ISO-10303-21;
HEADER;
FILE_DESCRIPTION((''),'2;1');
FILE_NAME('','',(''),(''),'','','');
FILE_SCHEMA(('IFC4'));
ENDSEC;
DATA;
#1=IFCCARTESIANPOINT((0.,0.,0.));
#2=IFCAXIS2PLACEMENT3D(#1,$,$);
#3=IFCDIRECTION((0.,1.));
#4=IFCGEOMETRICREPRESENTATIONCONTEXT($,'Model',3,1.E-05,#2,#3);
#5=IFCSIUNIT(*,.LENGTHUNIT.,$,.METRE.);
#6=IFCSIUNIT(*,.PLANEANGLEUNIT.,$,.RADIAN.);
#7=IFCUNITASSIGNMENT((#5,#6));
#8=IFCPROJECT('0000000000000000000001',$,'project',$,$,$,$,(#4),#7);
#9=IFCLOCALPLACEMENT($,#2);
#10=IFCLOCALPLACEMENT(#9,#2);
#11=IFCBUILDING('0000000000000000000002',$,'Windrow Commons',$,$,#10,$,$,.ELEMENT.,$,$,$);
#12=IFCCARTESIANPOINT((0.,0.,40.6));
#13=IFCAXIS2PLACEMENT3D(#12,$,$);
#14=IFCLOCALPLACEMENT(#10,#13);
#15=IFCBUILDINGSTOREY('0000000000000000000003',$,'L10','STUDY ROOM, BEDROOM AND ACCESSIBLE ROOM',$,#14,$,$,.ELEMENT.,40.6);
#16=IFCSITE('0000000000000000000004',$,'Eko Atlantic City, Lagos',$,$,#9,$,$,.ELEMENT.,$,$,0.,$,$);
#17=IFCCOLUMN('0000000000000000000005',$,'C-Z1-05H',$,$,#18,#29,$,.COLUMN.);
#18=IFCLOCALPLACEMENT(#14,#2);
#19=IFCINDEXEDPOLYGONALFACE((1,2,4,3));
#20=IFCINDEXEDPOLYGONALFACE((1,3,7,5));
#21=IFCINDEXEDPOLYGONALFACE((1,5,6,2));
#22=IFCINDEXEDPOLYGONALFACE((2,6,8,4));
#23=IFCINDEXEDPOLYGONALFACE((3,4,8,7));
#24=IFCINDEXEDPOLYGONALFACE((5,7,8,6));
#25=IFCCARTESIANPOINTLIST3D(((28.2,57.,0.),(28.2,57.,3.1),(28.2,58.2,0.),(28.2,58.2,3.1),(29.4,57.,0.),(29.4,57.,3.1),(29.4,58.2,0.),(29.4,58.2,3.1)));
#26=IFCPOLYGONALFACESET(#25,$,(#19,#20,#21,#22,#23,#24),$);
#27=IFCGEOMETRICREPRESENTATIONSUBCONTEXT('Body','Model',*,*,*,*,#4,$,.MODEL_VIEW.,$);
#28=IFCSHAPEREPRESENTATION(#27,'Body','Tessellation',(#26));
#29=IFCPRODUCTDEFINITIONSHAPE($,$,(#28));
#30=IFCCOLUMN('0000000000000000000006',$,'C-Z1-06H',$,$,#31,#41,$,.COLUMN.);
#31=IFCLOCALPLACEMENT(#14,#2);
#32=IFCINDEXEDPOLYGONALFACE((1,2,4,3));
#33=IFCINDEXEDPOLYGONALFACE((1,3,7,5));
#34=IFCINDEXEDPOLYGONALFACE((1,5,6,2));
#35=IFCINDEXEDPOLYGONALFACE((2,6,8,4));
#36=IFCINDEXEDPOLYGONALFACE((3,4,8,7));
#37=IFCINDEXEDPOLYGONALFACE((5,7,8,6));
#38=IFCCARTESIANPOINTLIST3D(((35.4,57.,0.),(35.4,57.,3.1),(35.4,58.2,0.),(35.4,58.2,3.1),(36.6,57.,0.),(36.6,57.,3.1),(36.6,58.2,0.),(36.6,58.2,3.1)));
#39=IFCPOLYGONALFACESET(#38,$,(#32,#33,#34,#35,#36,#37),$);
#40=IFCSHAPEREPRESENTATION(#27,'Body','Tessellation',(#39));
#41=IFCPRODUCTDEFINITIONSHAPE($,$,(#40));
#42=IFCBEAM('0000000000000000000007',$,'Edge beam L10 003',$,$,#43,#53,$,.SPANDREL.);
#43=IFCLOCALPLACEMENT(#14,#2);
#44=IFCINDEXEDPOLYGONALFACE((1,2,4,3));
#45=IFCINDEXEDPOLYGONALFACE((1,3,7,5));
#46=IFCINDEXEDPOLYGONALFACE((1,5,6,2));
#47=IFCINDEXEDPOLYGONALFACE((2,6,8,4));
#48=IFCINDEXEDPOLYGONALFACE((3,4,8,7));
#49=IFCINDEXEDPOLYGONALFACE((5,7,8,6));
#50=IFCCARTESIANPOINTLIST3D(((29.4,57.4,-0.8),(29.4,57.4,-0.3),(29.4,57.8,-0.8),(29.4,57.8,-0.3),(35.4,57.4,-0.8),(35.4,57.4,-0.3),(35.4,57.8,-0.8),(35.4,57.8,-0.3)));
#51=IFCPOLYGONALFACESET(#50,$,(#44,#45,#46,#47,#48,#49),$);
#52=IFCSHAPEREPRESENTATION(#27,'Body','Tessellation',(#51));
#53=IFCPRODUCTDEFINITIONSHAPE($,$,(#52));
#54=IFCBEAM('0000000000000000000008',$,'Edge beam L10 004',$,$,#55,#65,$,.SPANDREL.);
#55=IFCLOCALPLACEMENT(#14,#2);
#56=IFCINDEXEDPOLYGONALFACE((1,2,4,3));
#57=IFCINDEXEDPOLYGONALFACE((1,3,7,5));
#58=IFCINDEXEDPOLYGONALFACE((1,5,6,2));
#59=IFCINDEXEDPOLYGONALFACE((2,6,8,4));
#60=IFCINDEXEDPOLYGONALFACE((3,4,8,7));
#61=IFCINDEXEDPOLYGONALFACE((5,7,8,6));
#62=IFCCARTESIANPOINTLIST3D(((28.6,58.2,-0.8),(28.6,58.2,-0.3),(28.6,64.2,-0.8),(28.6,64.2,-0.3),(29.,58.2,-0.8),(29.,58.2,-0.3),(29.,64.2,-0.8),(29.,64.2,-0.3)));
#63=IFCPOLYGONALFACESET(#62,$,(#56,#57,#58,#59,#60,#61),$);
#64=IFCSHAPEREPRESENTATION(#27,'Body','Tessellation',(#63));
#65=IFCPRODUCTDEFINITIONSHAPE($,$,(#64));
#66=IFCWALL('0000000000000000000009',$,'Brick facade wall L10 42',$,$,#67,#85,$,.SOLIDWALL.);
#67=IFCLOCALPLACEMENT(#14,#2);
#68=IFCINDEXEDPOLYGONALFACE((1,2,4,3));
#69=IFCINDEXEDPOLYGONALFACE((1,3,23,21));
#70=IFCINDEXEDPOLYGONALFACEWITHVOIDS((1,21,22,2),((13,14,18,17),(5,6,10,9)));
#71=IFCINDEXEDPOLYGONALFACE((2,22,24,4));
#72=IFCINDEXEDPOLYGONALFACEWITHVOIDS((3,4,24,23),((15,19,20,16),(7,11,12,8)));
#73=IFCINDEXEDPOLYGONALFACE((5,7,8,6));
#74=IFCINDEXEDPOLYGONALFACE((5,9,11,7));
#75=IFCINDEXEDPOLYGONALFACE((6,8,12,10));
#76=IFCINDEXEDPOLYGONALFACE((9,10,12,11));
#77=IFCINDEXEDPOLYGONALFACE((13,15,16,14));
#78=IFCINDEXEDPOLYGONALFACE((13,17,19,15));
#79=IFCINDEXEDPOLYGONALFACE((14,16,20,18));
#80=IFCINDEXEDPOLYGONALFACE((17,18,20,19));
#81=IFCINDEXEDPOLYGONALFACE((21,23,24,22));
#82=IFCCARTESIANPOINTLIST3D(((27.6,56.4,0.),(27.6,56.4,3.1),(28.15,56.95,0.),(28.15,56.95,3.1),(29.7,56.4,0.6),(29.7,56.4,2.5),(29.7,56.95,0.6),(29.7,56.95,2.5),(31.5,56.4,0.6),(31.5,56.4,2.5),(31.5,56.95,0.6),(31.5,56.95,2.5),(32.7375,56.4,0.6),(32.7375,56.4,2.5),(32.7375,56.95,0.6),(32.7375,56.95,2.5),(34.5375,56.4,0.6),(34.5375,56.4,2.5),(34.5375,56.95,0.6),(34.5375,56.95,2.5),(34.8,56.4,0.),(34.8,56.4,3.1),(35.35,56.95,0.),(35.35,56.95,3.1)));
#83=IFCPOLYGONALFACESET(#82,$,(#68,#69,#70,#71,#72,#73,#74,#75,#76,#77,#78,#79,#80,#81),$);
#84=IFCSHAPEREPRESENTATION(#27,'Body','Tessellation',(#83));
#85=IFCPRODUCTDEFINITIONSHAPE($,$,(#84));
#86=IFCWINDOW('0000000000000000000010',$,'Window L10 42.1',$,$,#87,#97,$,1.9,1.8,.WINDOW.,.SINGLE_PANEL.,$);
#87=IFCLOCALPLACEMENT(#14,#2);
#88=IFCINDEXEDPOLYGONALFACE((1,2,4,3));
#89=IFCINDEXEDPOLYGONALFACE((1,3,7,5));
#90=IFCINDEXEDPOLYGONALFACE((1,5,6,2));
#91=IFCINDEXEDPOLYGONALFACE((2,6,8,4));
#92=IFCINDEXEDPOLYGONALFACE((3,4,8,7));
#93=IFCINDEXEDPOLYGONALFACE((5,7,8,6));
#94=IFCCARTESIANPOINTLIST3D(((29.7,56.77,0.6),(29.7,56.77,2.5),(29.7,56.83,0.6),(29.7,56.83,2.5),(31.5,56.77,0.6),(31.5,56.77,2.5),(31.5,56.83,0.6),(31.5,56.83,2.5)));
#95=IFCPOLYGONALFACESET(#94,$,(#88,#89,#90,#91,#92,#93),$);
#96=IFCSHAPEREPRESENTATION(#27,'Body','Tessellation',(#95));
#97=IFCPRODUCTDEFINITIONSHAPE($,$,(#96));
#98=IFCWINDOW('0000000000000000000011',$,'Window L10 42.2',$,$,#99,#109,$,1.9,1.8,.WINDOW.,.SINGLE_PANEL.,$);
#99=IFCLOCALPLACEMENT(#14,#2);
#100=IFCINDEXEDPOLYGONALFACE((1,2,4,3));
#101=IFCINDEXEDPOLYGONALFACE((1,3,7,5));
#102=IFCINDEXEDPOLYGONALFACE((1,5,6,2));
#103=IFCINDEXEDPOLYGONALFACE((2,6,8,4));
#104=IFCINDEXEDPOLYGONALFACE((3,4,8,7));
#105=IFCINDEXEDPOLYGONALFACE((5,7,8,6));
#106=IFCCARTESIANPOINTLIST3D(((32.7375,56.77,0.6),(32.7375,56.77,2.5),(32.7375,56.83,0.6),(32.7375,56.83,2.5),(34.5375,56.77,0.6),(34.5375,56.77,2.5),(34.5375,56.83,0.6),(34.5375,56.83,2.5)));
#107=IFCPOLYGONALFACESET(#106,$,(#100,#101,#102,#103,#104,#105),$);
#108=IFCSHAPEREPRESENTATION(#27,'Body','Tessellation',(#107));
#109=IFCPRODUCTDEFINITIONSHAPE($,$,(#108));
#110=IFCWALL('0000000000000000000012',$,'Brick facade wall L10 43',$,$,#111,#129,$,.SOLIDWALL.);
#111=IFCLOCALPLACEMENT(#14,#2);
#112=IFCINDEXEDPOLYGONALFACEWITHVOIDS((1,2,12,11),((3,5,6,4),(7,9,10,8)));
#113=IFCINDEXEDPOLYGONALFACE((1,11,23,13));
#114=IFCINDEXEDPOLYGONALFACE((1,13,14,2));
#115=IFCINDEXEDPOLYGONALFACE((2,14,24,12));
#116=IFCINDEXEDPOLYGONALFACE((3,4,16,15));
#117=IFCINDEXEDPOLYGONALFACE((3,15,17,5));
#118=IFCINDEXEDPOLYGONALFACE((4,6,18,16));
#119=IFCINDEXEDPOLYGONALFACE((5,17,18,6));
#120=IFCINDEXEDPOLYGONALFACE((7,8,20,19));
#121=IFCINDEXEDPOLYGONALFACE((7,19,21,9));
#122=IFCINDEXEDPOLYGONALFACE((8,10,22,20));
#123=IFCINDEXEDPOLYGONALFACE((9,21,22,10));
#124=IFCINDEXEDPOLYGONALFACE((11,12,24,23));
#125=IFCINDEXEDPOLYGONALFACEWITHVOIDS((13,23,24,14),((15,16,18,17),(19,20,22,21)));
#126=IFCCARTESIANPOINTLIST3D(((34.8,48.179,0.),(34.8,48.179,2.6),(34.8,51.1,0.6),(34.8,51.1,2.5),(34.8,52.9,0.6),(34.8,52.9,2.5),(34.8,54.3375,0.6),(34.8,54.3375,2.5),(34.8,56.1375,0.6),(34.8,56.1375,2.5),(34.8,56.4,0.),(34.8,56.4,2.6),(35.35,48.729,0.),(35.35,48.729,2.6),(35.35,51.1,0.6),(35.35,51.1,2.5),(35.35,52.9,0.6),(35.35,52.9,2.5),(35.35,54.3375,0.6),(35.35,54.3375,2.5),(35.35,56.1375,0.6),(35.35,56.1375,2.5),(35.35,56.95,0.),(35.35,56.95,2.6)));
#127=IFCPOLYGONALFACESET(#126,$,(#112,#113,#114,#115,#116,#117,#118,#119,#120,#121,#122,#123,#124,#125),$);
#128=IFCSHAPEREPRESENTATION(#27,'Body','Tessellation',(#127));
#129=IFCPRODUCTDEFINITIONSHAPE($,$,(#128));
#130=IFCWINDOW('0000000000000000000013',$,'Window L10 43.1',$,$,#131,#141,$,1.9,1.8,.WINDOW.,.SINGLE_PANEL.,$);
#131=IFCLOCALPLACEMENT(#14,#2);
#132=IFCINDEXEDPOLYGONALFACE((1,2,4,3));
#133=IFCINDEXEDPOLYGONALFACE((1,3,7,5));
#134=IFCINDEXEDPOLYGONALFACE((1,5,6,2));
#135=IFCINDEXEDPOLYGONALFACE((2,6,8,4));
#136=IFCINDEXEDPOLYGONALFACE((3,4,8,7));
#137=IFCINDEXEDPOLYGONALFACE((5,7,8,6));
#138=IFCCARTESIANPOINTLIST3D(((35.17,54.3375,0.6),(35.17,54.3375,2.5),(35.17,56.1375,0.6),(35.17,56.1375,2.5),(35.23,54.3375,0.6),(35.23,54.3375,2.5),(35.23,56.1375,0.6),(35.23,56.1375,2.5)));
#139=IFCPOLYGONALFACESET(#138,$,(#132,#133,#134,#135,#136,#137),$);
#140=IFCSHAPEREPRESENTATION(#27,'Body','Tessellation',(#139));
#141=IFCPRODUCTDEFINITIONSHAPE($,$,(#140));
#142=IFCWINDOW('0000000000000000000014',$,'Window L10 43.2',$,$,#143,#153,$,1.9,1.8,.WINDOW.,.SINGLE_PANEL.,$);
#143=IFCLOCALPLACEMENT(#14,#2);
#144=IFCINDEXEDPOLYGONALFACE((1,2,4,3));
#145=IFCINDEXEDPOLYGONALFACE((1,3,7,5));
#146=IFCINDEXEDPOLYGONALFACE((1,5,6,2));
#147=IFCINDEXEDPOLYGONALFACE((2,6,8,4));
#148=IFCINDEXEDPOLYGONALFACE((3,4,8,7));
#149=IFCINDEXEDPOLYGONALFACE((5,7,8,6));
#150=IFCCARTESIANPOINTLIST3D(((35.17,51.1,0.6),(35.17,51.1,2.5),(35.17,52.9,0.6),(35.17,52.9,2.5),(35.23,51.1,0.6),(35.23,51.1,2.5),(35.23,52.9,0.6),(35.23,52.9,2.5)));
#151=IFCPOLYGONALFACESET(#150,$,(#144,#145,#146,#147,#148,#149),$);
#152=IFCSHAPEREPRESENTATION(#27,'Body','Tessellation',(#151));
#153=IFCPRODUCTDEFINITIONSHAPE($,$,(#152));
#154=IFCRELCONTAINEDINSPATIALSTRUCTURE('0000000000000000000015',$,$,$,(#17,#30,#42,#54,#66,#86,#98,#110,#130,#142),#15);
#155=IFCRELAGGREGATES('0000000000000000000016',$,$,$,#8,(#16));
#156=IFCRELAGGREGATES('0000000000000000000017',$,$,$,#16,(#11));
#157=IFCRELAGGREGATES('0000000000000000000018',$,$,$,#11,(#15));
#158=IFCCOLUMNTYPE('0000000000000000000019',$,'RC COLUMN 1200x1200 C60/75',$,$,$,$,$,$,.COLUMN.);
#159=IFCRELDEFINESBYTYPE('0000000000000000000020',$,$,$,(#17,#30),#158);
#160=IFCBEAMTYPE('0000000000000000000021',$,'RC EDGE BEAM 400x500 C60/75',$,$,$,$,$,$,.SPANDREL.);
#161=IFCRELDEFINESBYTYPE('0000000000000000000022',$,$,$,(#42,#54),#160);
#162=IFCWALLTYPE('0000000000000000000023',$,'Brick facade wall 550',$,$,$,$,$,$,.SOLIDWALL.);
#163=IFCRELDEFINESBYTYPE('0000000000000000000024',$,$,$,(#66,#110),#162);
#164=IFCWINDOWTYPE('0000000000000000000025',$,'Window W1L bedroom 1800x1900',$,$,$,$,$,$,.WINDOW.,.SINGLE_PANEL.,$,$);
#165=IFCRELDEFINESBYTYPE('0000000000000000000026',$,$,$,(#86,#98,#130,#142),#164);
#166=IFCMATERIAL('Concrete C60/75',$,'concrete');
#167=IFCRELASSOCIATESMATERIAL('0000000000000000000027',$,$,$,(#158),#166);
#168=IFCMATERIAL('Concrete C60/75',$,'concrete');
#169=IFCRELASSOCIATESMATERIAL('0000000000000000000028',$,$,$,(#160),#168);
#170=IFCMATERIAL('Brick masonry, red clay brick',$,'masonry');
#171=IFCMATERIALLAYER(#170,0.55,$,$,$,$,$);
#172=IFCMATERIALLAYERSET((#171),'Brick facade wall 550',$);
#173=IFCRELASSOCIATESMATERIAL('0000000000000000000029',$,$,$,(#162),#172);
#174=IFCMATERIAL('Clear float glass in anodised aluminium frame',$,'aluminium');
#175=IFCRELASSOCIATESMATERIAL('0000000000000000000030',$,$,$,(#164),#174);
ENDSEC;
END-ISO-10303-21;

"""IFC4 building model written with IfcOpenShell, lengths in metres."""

from ifc_helpers import new_model, si_unit, direction, frame, frame_2d, origin, origin_2d, place, context, subcontext, project, spatial, polyline, rectangle, outline, extrude, material, layer, layer_set, material_profile, profile_set, type_object, element, fill, save


model = new_model("IFC4")

# Units and contexts
model_context = context("Model", 3, precision=1e-05, world=origin(), true_north=direction((0.0, 1.0)))
body_context = subcontext(model_context, "Body", "Model", "MODEL_VIEW")
ifc_project = project(units=[si_unit("LENGTHUNIT", "METRE"), si_unit("PLANEANGLEUNIT", "RADIAN")], contexts=[model_context])

# Site, building, storey
site_placement = place(None, origin())
site = spatial("IfcSite", under=ifc_project, at=site_placement, Name="Eko Atlantic City, Lagos", CompositionType="ELEMENT", RefElevation=0.0)
building_placement = place(site_placement, origin())
building = spatial("IfcBuilding", under=site, at=building_placement, Name="Windrow Commons", CompositionType="ELEMENT")
storey_placement = place(building_placement, frame((0.0, 0.0, 40.6)))
storey = spatial("IfcBuildingStorey", under=building, at=storey_placement, Name="L10", Description="STUDY ROOM, BEDROOM AND ACCESSIBLE ROOM", CompositionType="ELEMENT", Elevation=40.6)

# Columns
ifc_material_1 = material(Name="Concrete C60/75", Category="concrete")
ifc_material_profile_1 = material_profile(ifc_material_1, rectangle(XDim=1.2, YDim=1.2, at=origin_2d()))
ifc_profile_set_1 = profile_set([ifc_material_profile_1], Name="Concrete C60/75")
column_type = type_object("IfcColumnType", Name="RC COLUMN 1200x1200 C60/75", PredefinedType="COLUMN", material=ifc_profile_set_1)
for number, where, z_axis, x_axis, name in (
    (1, (28.8, 57.6, 0.0), (0.0, 0.0, 1.0), (1.0, 0.0, 0.0), "C-Z1-05H"),
    (2, (36.0, 57.6, 0.0), (0.0, 0.0, 1.0), (1.0, 0.0, 0.0), "C-Z1-06H"),
):
    element("IfcColumn", number, at=place(storey_placement, frame(where, z_axis=z_axis, x_axis=x_axis)), inside=storey, type_object=column_type, Name=name, PredefinedType="COLUMN", context=body_context, shape_type="SweptSolid", body=[
        extrude(rectangle(XDim=1.2, YDim=1.2, at=origin_2d()), origin(), (0.0, 0.0, 1.0), 3.1),
    ])

# Beams
ifc_material_2 = material(Name="Concrete C60/75", Category="concrete")
ifc_material_profile_2 = material_profile(ifc_material_2, rectangle(XDim=0.4, YDim=0.5, at=origin_2d()))
ifc_profile_set_2 = profile_set([ifc_material_profile_2], Name="Concrete C60/75")
beam_type = type_object("IfcBeamType", Name="RC EDGE BEAM 400x500 C60/75", PredefinedType="SPANDREL", material=ifc_profile_set_2)
for number, where, z_axis, x_axis, name in (
    (3, (35.4, 57.6, -0.55), (-1.0, 0.0, 0.0), (0.0, -1.0, 0.0), "Edge beam L10 003"),
    (4, (28.8, 58.2, -0.55), (0.0, 1.0, 0.0), (-1.0, 0.0, 0.0), "Edge beam L10 004"),
):
    element("IfcBeam", number, at=place(storey_placement, frame(where, z_axis=z_axis, x_axis=x_axis)), inside=storey, type_object=beam_type, Name=name, PredefinedType="SPANDREL", context=body_context, shape_type="SweptSolid", body=[
        extrude(rectangle(XDim=0.4, YDim=0.5, at=origin_2d()), origin(), (0.0, 0.0, 1.0), 6.0),
    ])

# Walls, openings, windows
ifc_material_3 = material(Name="Brick masonry, red clay brick", Category="masonry")
ifc_layer_1 = layer(ifc_material_3, 0.55)
ifc_layer_set_1 = layer_set([ifc_layer_1], Name="Brick facade wall 550")
wall_type_1 = type_object("IfcWallType", Name="Brick facade wall 550", PredefinedType="SOLIDWALL", material=ifc_layer_set_1)
wall_1_placement = place(storey_placement, frame((27.875, 56.675, 0.0), z_axis=(0.0, 0.0, 1.0), x_axis=(1.0, 0.0, 0.0)))
wall_1 = element("IfcWall", 5, at=wall_1_placement, inside=storey, type_object=wall_type_1, Name="Brick facade wall L10 42", PredefinedType="SOLIDWALL", context=body_context, shape_type="SweptSolid", body=[
    extrude(outline(polyline([(-0.275, -0.275), (6.925, -0.275), (7.475, 0.275), (0.275, 0.275), (-0.275, -0.275)])), origin(), (0.0, 0.0, 1.0), 3.1),
])
opening_1_placement = place(wall_1_placement, frame((1.825, 0.0, 0.6)))
opening_1 = element("IfcOpeningElement", 6, at=opening_1_placement, cuts=wall_1, PredefinedType="OPENING", context=body_context, shape_type="SweptSolid", body=[
    extrude(rectangle(XDim=1.8, YDim=1.9, at=frame_2d((0.9, 0.95))), frame((0.0, 0.285, 0.0), z_axis=(0.0, -1.0, 0.0), x_axis=(1.0, 0.0, 0.0)), (0.0, 0.0, 1.0), 0.57),
])
opening_2_placement = place(wall_1_placement, frame((4.8625, 0.0, 0.6)))
opening_2 = element("IfcOpeningElement", 7, at=opening_2_placement, cuts=wall_1, PredefinedType="OPENING", context=body_context, shape_type="SweptSolid", body=[
    extrude(rectangle(XDim=1.8, YDim=1.9, at=frame_2d((0.9, 0.95))), frame((0.0, 0.285, 0.0), z_axis=(0.0, -1.0, 0.0), x_axis=(1.0, 0.0, 0.0)), (0.0, 0.0, 1.0), 0.57),
])
ifc_material_4 = material(Name="Clear float glass in anodised aluminium frame", Category="aluminium")
window_type = type_object("IfcWindowType", Name="Window W1L bedroom 1800x1900", PartitioningType="SINGLE_PANEL", PredefinedType="WINDOW", material=ifc_material_4)
window_1_placement = place(opening_1_placement, origin())
window_1 = element("IfcWindow", 8, at=window_1_placement, inside=storey, type_object=window_type, Name="Window L10 42.1", OverallHeight=1.9, OverallWidth=1.8, PartitioningType="SINGLE_PANEL", PredefinedType="WINDOW", context=body_context, shape_type="SweptSolid", body=[
    extrude(rectangle(XDim=1.8, YDim=1.9, at=frame_2d((0.9, 0.95))), frame((0.0, 0.155, 0.0), z_axis=(0.0, -1.0, 0.0), x_axis=(1.0, 0.0, 0.0)), (0.0, 0.0, 1.0), 0.06),
])
fill(opening_1, window_1)
window_2_placement = place(opening_2_placement, origin())
window_2 = element("IfcWindow", 9, at=window_2_placement, inside=storey, type_object=window_type, Name="Window L10 42.2", OverallHeight=1.9, OverallWidth=1.8, PartitioningType="SINGLE_PANEL", PredefinedType="WINDOW", context=body_context, shape_type="SweptSolid", body=[
    extrude(rectangle(XDim=1.8, YDim=1.9, at=frame_2d((0.9, 0.95))), frame((0.0, 0.155, 0.0), z_axis=(0.0, -1.0, 0.0), x_axis=(1.0, 0.0, 0.0)), (0.0, 0.0, 1.0), 0.06),
])
fill(opening_2, window_2)
wall_2_placement = place(storey_placement, frame((35.075, 56.675, 0.0), z_axis=(0.0, 0.0, 1.0), x_axis=(0.0, -1.0, 0.0)))
wall_2 = element("IfcWall", 10, at=wall_2_placement, inside=storey, type_object=wall_type_1, Name="Brick facade wall L10 43", PredefinedType="SOLIDWALL", context=body_context, shape_type="SweptSolid", body=[
    extrude(outline(polyline([(0.275, -0.275), (8.496, -0.275), (7.946, 0.275), (-0.275, 0.275), (0.275, -0.275)])), origin(), (0.0, 0.0, 1.0), 2.6),
])
opening_3_placement = place(wall_2_placement, frame((0.5375, 0.0, 0.6)))
opening_3 = element("IfcOpeningElement", 11, at=opening_3_placement, cuts=wall_2, PredefinedType="OPENING", context=body_context, shape_type="SweptSolid", body=[
    extrude(rectangle(XDim=1.8, YDim=1.9, at=frame_2d((0.9, 0.95))), frame((0.0, 0.285, 0.0), z_axis=(0.0, -1.0, 0.0), x_axis=(1.0, 0.0, 0.0)), (0.0, 0.0, 1.0), 0.57),
])
opening_4_placement = place(wall_2_placement, frame((3.775, 0.0, 0.6)))
opening_4 = element("IfcOpeningElement", 12, at=opening_4_placement, cuts=wall_2, PredefinedType="OPENING", context=body_context, shape_type="SweptSolid", body=[
    extrude(rectangle(XDim=1.8, YDim=1.9, at=frame_2d((0.9, 0.95))), frame((0.0, 0.285, 0.0), z_axis=(0.0, -1.0, 0.0), x_axis=(1.0, 0.0, 0.0)), (0.0, 0.0, 1.0), 0.57),
])
window_3_placement = place(opening_3_placement, origin())
window_3 = element("IfcWindow", 13, at=window_3_placement, inside=storey, type_object=window_type, Name="Window L10 43.1", OverallHeight=1.9, OverallWidth=1.8, PartitioningType="SINGLE_PANEL", PredefinedType="WINDOW", context=body_context, shape_type="SweptSolid", body=[
    extrude(rectangle(XDim=1.8, YDim=1.9, at=frame_2d((0.9, 0.95))), frame((0.0, 0.155, 0.0), z_axis=(0.0, -1.0, 0.0), x_axis=(1.0, 0.0, 0.0)), (0.0, 0.0, 1.0), 0.06),
])
fill(opening_3, window_3)
window_4_placement = place(opening_4_placement, origin())
window_4 = element("IfcWindow", 14, at=window_4_placement, inside=storey, type_object=window_type, Name="Window L10 43.2", OverallHeight=1.9, OverallWidth=1.8, PartitioningType="SINGLE_PANEL", PredefinedType="WINDOW", context=body_context, shape_type="SweptSolid", body=[
    extrude(rectangle(XDim=1.8, YDim=1.9, at=frame_2d((0.9, 0.95))), frame((0.0, 0.155, 0.0), z_axis=(0.0, -1.0, 0.0), x_axis=(1.0, 0.0, 0.0)), (0.0, 0.0, 1.0), 0.06),
])
fill(opening_4, window_4)

save(model, "model.ifc")
